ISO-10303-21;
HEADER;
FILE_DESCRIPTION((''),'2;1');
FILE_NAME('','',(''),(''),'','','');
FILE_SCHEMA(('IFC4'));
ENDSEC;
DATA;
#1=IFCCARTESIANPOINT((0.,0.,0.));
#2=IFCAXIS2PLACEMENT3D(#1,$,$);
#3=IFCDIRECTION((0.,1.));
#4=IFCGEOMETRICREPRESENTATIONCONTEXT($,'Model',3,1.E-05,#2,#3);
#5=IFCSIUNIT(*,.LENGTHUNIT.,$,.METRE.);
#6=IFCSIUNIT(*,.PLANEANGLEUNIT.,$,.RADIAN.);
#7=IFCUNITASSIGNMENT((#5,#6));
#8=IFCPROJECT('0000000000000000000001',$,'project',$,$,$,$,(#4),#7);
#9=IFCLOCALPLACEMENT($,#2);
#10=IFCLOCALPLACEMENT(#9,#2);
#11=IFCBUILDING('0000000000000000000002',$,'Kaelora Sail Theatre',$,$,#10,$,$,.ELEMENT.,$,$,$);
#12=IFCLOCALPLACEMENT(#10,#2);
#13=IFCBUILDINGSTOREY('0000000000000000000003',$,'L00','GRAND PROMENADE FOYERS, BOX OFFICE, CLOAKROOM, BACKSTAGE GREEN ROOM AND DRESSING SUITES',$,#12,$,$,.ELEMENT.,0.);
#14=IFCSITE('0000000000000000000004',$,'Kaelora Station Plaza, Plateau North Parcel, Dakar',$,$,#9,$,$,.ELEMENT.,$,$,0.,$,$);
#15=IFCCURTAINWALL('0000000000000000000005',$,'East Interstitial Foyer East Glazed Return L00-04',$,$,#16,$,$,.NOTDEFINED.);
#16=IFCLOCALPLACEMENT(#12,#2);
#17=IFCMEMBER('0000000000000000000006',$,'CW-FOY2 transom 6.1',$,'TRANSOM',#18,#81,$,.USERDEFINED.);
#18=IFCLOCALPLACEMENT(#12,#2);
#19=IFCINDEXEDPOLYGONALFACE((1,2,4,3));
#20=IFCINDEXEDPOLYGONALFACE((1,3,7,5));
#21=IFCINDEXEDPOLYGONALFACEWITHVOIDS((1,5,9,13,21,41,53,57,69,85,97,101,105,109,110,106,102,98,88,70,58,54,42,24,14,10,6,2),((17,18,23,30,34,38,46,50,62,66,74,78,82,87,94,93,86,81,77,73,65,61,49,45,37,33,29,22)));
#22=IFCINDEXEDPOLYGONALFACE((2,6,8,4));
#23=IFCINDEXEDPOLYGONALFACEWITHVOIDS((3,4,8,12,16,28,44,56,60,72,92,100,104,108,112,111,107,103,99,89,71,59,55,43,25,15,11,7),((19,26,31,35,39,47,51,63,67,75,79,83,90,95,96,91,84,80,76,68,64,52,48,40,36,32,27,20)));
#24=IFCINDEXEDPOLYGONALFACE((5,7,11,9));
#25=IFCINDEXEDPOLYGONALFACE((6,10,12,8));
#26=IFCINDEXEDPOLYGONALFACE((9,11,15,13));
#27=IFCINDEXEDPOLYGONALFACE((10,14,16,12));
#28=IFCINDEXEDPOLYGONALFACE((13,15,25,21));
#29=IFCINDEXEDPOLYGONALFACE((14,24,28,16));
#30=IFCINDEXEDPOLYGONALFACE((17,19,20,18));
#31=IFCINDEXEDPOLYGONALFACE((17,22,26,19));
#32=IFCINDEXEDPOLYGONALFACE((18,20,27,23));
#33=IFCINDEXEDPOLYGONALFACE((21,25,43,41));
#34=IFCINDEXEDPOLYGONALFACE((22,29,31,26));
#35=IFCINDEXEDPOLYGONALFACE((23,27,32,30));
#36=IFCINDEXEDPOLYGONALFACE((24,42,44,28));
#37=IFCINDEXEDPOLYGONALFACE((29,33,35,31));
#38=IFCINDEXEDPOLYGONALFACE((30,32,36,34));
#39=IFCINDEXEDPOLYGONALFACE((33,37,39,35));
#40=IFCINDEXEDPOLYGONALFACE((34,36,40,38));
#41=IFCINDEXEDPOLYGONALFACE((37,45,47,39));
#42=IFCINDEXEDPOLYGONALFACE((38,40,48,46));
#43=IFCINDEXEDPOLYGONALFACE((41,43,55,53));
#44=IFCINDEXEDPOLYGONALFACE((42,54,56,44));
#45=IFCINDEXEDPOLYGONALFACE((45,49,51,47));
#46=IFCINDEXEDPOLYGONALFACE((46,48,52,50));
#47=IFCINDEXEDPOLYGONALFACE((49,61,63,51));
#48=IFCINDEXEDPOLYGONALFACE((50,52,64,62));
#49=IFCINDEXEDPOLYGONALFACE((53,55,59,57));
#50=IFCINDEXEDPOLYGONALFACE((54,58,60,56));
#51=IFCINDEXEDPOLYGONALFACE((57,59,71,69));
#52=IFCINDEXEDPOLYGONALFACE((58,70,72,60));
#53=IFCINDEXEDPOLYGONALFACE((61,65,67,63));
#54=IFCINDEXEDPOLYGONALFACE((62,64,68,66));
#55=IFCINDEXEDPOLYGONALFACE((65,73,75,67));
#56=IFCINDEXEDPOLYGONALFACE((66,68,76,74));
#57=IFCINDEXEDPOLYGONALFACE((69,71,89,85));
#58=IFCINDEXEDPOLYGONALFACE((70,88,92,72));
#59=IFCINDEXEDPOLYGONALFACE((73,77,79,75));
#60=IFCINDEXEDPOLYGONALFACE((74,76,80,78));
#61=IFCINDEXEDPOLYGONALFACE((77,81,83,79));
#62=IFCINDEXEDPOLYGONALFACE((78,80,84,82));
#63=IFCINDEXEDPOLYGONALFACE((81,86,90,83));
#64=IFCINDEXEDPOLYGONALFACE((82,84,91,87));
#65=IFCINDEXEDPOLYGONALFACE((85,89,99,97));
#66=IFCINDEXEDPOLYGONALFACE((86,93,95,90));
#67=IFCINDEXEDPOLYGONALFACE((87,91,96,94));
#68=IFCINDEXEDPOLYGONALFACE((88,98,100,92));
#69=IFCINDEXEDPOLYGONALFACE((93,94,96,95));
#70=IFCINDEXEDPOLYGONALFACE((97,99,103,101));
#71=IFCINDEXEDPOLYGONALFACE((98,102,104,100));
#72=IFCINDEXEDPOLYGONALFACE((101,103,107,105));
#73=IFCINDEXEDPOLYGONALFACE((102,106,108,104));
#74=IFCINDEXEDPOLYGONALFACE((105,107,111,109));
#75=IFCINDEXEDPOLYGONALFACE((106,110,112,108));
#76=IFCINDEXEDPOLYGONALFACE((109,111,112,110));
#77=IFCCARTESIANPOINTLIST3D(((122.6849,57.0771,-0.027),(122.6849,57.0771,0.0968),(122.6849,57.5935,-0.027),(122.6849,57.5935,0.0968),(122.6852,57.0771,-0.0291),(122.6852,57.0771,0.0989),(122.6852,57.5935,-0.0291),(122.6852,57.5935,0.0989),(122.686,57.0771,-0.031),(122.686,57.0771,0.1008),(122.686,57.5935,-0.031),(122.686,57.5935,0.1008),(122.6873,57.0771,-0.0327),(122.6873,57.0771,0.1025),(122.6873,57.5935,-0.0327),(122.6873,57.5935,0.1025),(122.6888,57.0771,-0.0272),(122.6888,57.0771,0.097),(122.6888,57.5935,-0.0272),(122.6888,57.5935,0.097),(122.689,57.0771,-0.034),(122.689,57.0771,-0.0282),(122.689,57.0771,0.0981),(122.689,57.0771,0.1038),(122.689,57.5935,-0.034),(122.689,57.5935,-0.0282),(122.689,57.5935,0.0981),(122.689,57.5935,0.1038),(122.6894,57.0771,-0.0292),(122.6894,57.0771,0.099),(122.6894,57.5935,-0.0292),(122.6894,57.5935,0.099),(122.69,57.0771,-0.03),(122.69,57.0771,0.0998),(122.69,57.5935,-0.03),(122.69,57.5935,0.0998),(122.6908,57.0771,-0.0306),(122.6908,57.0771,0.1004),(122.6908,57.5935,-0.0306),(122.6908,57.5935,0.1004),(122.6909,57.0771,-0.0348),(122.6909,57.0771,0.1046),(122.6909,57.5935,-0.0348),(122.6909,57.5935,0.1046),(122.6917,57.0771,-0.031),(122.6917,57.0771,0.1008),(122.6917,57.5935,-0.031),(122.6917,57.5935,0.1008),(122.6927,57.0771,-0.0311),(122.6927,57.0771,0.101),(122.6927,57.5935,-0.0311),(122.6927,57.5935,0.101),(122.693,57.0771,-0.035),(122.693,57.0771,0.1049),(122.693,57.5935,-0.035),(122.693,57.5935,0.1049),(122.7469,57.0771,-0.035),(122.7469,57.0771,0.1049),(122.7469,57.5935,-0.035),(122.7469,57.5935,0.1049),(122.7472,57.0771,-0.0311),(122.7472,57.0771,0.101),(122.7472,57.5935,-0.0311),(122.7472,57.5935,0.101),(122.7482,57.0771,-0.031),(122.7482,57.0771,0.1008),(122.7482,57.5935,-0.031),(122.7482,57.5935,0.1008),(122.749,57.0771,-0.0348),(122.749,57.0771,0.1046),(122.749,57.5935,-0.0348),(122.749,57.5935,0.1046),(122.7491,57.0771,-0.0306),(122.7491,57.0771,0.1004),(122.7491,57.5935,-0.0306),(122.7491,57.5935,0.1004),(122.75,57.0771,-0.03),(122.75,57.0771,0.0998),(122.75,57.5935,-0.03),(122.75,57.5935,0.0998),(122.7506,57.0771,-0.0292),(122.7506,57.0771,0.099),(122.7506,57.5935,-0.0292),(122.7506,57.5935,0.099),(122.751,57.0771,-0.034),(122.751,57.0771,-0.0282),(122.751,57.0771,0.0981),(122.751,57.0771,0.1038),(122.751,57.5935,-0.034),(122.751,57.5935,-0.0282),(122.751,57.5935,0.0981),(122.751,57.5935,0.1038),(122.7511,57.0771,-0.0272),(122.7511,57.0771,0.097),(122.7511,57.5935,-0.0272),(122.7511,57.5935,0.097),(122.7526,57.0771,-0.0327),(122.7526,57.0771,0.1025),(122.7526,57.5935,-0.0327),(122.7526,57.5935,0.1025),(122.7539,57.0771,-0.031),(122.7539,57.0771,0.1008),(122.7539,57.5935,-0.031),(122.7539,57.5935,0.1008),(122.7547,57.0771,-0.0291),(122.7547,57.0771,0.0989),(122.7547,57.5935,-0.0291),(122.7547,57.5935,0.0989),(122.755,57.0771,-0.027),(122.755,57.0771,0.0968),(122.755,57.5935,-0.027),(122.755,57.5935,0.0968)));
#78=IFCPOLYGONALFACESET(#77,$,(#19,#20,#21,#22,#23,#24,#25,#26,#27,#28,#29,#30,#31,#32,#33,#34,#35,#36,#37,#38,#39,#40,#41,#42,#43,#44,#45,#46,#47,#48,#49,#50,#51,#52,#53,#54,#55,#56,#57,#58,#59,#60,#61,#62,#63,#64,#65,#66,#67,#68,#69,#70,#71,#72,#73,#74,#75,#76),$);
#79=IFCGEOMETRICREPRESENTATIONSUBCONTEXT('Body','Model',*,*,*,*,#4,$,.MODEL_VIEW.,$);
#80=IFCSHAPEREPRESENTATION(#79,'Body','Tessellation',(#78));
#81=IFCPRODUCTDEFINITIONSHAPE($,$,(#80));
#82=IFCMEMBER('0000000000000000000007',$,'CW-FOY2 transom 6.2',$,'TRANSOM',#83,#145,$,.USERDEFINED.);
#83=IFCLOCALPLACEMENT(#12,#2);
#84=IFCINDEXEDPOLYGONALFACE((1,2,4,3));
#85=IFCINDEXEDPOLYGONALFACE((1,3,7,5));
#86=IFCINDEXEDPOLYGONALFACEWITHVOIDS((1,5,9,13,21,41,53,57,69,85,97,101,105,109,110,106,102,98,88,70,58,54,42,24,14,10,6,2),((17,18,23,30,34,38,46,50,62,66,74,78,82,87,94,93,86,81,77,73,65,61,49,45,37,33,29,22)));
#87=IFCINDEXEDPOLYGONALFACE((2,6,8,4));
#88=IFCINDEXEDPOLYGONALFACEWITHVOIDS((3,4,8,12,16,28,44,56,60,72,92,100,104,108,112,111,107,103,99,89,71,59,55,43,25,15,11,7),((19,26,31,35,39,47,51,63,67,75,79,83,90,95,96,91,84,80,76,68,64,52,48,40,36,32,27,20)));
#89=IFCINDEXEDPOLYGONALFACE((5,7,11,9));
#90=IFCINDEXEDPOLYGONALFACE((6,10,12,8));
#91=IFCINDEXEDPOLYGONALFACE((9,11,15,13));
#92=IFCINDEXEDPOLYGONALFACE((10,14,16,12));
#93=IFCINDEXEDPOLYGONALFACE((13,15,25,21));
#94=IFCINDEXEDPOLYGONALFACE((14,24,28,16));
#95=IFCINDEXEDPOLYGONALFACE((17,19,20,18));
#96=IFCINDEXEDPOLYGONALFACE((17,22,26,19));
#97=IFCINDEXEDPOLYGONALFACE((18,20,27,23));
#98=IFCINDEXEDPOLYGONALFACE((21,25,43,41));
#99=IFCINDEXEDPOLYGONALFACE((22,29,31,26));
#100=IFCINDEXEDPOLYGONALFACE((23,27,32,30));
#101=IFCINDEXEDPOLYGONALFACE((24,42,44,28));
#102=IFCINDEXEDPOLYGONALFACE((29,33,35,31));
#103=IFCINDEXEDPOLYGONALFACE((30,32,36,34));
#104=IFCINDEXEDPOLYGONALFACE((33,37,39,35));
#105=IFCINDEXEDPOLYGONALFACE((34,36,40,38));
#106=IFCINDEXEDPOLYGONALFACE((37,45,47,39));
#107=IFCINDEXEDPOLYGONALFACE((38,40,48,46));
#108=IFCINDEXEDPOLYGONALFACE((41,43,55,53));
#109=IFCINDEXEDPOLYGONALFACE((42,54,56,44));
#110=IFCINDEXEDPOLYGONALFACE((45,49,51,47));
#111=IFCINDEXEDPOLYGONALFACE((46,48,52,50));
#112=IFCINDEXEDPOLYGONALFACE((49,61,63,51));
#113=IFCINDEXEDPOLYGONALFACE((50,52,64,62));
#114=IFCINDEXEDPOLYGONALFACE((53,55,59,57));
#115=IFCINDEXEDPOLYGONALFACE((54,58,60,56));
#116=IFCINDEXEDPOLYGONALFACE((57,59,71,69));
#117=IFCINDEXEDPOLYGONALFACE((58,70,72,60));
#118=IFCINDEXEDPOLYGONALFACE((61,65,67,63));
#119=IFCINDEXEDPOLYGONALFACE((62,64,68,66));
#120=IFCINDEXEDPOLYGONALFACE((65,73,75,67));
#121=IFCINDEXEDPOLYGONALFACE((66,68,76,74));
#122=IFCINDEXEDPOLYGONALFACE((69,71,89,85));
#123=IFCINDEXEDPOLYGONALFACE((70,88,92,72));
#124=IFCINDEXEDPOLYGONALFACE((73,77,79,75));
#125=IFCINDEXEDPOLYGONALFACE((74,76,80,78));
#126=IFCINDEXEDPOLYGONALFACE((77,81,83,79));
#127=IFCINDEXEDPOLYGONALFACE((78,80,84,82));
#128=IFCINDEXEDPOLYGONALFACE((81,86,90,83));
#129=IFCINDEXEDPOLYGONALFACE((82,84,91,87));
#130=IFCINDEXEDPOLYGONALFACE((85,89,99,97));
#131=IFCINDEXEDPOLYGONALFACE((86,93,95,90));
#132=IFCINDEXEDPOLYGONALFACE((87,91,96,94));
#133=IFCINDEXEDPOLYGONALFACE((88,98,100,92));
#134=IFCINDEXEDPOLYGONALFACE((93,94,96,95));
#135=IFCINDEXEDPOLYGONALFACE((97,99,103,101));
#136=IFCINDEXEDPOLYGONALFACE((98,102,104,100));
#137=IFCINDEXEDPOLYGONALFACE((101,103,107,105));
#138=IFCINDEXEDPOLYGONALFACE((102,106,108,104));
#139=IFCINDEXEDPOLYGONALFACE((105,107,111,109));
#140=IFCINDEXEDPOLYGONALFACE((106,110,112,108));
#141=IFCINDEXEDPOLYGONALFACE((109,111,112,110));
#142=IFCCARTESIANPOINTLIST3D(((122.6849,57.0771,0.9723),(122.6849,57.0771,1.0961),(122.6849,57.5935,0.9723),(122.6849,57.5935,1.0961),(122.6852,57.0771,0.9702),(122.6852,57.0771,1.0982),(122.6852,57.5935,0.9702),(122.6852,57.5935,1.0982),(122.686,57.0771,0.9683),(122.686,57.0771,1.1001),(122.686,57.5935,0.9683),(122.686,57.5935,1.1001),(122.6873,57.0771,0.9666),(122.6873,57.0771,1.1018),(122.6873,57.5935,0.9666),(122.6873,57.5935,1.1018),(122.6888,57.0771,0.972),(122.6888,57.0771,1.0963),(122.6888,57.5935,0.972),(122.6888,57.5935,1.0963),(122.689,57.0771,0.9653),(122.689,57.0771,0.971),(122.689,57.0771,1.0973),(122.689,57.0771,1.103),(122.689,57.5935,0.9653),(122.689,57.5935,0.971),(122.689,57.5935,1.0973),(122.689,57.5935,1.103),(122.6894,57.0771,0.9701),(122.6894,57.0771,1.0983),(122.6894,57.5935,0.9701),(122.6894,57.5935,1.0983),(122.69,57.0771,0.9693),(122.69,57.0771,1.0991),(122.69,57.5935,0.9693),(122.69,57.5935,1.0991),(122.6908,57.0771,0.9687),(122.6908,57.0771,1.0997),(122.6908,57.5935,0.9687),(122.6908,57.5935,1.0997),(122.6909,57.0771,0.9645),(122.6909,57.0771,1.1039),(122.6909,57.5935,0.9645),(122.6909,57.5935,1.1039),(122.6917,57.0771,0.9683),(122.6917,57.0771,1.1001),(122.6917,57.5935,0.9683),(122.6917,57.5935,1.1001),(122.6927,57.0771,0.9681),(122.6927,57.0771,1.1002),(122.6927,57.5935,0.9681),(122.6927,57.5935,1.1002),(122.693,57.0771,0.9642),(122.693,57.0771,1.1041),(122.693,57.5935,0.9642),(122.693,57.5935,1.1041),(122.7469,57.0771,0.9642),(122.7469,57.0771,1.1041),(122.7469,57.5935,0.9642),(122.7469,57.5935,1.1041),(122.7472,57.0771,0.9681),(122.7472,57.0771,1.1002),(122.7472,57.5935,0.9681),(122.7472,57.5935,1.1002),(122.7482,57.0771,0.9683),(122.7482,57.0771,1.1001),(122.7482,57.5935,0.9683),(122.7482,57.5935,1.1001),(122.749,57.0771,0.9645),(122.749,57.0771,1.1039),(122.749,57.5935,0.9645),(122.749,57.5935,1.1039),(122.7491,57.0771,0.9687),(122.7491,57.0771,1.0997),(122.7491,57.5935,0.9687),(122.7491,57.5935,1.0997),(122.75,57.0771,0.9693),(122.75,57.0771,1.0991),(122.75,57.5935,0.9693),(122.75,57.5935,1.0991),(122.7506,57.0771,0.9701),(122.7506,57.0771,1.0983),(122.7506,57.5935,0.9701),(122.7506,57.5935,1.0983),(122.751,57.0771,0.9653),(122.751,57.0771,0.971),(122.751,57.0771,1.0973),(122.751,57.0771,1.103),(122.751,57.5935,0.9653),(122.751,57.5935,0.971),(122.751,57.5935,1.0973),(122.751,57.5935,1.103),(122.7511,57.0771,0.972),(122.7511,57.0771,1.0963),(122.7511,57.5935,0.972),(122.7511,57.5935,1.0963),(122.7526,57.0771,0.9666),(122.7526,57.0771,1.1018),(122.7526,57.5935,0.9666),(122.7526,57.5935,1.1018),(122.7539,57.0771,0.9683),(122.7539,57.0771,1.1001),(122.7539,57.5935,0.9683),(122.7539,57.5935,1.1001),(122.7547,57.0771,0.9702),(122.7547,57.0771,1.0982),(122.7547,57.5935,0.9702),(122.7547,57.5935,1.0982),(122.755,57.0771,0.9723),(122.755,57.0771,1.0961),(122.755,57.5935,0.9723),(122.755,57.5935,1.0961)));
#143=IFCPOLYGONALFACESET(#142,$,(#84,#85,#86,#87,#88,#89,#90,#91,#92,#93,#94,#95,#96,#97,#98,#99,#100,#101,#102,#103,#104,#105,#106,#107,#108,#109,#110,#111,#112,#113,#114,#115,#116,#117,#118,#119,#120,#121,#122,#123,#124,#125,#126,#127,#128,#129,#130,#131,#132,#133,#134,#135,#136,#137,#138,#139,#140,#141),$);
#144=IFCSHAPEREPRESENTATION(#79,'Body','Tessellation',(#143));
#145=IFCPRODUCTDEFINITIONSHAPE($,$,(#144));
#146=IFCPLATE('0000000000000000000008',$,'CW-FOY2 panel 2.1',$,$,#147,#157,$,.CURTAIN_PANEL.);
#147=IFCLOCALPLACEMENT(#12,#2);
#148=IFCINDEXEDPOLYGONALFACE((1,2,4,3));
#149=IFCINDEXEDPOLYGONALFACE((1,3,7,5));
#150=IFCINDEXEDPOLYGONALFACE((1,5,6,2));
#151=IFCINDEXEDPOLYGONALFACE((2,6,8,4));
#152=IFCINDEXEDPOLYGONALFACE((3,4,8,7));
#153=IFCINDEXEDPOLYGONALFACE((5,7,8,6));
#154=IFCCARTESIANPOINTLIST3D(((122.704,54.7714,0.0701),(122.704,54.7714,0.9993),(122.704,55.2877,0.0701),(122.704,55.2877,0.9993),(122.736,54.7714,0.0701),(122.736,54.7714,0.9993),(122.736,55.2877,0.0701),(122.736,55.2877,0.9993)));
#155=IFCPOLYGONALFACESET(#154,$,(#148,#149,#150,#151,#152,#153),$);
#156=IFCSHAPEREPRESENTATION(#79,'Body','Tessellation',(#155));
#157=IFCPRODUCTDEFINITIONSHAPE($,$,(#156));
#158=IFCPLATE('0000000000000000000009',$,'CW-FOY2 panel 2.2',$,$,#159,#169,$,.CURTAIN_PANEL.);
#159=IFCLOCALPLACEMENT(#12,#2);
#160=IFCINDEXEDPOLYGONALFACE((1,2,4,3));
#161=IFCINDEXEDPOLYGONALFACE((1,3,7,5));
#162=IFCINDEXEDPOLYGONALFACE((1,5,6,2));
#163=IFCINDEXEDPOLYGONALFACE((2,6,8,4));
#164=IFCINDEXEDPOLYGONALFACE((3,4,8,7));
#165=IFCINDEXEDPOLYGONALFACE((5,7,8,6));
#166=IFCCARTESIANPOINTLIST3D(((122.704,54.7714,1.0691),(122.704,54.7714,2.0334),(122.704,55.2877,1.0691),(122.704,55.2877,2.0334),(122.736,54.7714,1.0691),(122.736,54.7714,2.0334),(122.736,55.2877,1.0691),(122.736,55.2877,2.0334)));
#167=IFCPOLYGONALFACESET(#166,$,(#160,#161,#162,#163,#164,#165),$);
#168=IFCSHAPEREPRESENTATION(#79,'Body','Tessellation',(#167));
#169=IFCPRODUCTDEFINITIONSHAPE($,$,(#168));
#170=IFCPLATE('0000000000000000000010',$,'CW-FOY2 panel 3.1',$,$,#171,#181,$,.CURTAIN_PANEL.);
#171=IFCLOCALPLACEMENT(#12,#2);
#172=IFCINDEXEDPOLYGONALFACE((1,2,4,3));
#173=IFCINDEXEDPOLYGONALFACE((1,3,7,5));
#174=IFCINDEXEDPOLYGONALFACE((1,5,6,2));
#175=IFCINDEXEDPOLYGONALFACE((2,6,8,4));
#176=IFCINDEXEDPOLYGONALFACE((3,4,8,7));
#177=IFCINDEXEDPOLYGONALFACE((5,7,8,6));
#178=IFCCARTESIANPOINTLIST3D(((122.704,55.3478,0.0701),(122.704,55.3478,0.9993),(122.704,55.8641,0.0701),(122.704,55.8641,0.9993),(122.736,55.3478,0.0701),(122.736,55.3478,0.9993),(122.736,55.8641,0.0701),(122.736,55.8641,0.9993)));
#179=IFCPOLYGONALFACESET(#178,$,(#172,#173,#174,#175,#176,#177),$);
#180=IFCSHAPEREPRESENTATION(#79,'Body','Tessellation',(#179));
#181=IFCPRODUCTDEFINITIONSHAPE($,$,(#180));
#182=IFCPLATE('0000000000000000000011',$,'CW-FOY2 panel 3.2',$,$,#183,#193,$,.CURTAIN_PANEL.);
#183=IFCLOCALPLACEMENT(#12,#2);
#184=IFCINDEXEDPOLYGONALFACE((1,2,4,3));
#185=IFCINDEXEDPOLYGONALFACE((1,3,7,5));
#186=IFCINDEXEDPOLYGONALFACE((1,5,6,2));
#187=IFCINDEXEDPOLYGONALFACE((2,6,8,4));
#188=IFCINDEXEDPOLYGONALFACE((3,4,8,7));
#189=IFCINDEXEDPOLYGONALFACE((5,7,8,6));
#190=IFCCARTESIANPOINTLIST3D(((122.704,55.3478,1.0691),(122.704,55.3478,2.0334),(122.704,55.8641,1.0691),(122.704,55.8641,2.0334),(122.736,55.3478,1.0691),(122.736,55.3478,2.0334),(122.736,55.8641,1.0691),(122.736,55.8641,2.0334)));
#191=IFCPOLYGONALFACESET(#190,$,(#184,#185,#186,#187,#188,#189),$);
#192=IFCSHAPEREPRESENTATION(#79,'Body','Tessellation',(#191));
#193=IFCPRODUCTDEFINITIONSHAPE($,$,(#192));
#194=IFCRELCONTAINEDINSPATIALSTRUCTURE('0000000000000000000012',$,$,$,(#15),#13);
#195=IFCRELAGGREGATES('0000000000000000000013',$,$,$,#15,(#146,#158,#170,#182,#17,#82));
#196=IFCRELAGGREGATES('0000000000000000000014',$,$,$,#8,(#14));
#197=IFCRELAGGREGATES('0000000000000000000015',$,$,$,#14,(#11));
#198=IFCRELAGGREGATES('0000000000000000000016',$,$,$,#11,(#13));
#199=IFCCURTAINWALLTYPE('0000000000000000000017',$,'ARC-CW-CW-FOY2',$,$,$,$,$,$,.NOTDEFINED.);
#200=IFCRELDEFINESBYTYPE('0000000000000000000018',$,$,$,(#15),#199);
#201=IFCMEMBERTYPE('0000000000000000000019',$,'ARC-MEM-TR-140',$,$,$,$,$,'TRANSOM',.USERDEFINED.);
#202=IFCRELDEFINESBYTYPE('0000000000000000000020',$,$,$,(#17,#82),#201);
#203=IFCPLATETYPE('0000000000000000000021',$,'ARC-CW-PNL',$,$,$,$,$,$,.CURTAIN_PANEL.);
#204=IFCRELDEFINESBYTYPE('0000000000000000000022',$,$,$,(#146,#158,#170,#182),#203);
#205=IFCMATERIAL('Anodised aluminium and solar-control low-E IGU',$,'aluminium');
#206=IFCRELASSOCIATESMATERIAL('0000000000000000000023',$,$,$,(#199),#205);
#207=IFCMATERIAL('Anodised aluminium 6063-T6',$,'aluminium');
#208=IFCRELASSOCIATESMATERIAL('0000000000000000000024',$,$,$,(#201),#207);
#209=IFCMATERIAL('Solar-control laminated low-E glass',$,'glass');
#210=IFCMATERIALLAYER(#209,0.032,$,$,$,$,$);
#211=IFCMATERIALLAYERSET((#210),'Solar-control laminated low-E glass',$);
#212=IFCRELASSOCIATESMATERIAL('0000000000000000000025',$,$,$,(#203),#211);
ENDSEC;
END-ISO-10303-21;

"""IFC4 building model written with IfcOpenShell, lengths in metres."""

from ifc_helpers import new_model, si_unit, direction, frame, origin, origin_2d, place, context, subcontext, project, spatial, rectangle, hollow_rectangle, extrude, material, layer, layer_set, material_profile, profile_set, type_object, element, aggregate, save


model = new_model("IFC4")

# Units and contexts
model_context = context("Model", 3, precision=1e-05, world=origin(), true_north=direction((0.0, 1.0)))
body_context = subcontext(model_context, "Body", "Model", "MODEL_VIEW")
ifc_project = project(units=[si_unit("LENGTHUNIT", "METRE"), si_unit("PLANEANGLEUNIT", "RADIAN")], contexts=[model_context])

# Site, building, storey
site_placement = place(None, origin())
site = spatial("IfcSite", under=ifc_project, at=site_placement, Name="Kaelora Station Plaza, Plateau North Parcel, Dakar", CompositionType="ELEMENT", RefElevation=0.0)
building_placement = place(site_placement, origin())
building = spatial("IfcBuilding", under=site, at=building_placement, Name="Kaelora Sail Theatre", CompositionType="ELEMENT")
storey_placement = place(building_placement, origin())
storey = spatial("IfcBuildingStorey", under=building, at=storey_placement, Name="L00", Description="GRAND PROMENADE FOYERS, BOX OFFICE, CLOAKROOM, BACKSTAGE GREEN ROOM AND DRESSING SUITES", CompositionType="ELEMENT", Elevation=0.0)

# Curtain wall, members, plates
ifc_material_1 = material(Name="Anodised aluminium and solar-control low-E IGU", Category="aluminium")
curtain_wall_type = type_object("IfcCurtainWallType", Name="ARC-CW-CW-FOY2", PredefinedType="NOTDEFINED", material=ifc_material_1)
curtain_wall_placement = place(storey_placement, origin())
curtain_wall = element("IfcCurtainWall", 1, at=curtain_wall_placement, inside=storey, type_object=curtain_wall_type, Name="East Interstitial Foyer East Glazed Return L00-04", PredefinedType="NOTDEFINED")
ifc_material_2 = material(Name="Anodised aluminium 6063-T6", Category="aluminium")
ifc_material_profile_1 = material_profile(ifc_material_2, hollow_rectangle(XDim=0.0701, YDim=0.1399, WallThickness=0.0039, InnerFilletRadius=0.0039, OuterFilletRadius=0.0081, at=origin_2d()), Name="ALU-TRAN 70x140x4")
ifc_profile_set_1 = profile_set([ifc_material_profile_1], Name="Anodised aluminium 6063-T6")
member_type_1 = type_object("IfcMemberType", Name="ARC-MEM-TR-140", ElementType="TRANSOM", PredefinedType="USERDEFINED", material=ifc_profile_set_1)
member_1_placement = place(storey_placement, frame((122.72, 57.0771, 0.0349), z_axis=(0.0, 1.0, 0.0), x_axis=(-1.0, 0.0, 0.0)))
member_1 = element("IfcMember", 2, at=member_1_placement, type_object=member_type_1, Name="CW-FOY2 transom 6.1", ObjectType="TRANSOM", PredefinedType="USERDEFINED", context=body_context, shape_type="SweptSolid", body=[
    extrude(hollow_rectangle(XDim=0.0701, YDim=0.1399, WallThickness=0.0039, InnerFilletRadius=0.0039, OuterFilletRadius=0.0081, at=origin_2d()), origin(), (0.0, 0.0, 1.0), 0.5164),
])
member_2_placement = place(storey_placement, frame((122.72, 57.0771, 1.0342), z_axis=(0.0, 1.0, 0.0), x_axis=(-1.0, 0.0, 0.0)))
member_2 = element("IfcMember", 3, at=member_2_placement, type_object=member_type_1, Name="CW-FOY2 transom 6.2", ObjectType="TRANSOM", PredefinedType="USERDEFINED", context=body_context, shape_type="SweptSolid", body=[
    extrude(hollow_rectangle(XDim=0.0701, YDim=0.1399, WallThickness=0.0039, InnerFilletRadius=0.0039, OuterFilletRadius=0.0081, at=origin_2d()), origin(), (0.0, 0.0, 1.0), 0.5164),
])
ifc_material_3 = material(Name="Solar-control laminated low-E glass", Category="glass")
ifc_layer = layer(ifc_material_3, 0.032)
ifc_layer_set = layer_set([ifc_layer], Name="Solar-control laminated low-E glass")
plate_type = type_object("IfcPlateType", Name="ARC-CW-PNL", PredefinedType="CURTAIN_PANEL", material=ifc_layer_set)
plate_1_placement = place(storey_placement, frame((122.72, 55.0295, 0.0701), z_axis=(0.0, 0.0, 1.0), x_axis=(0.0, 1.0, 0.0)))
plate_1 = element("IfcPlate", 4, at=plate_1_placement, type_object=plate_type, Name="CW-FOY2 panel 2.1", PredefinedType="CURTAIN_PANEL", context=body_context, shape_type="SweptSolid", body=[
    extrude(rectangle(XDim=0.5164, YDim=0.032, at=origin_2d()), origin(), (0.0, 0.0, 1.0), 0.9292),
])
plate_2_placement = place(storey_placement, frame((122.72, 55.0295, 1.0691), z_axis=(0.0, 0.0, 1.0), x_axis=(0.0, 1.0, 0.0)))
plate_2 = element("IfcPlate", 5, at=plate_2_placement, type_object=plate_type, Name="CW-FOY2 panel 2.2", PredefinedType="CURTAIN_PANEL", context=body_context, shape_type="SweptSolid", body=[
    extrude(rectangle(XDim=0.5164, YDim=0.032, at=origin_2d()), origin(), (0.0, 0.0, 1.0), 0.9644),
])
plate_3_placement = place(storey_placement, frame((122.72, 55.606, 0.0701), z_axis=(0.0, 0.0, 1.0), x_axis=(0.0, 1.0, 0.0)))
plate_3 = element("IfcPlate", 6, at=plate_3_placement, type_object=plate_type, Name="CW-FOY2 panel 3.1", PredefinedType="CURTAIN_PANEL", context=body_context, shape_type="SweptSolid", body=[
    extrude(rectangle(XDim=0.5164, YDim=0.032, at=origin_2d()), origin(), (0.0, 0.0, 1.0), 0.9292),
])
plate_4_placement = place(storey_placement, frame((122.72, 55.606, 1.0691), z_axis=(0.0, 0.0, 1.0), x_axis=(0.0, 1.0, 0.0)))
plate_4 = element("IfcPlate", 7, at=plate_4_placement, type_object=plate_type, Name="CW-FOY2 panel 3.2", PredefinedType="CURTAIN_PANEL", context=body_context, shape_type="SweptSolid", body=[
    extrude(rectangle(XDim=0.5164, YDim=0.032, at=origin_2d()), origin(), (0.0, 0.0, 1.0), 0.9644),
])
aggregate(curtain_wall, [plate_1, plate_2, plate_3, plate_4, member_1, member_2])

save(model, "model.ifc")
